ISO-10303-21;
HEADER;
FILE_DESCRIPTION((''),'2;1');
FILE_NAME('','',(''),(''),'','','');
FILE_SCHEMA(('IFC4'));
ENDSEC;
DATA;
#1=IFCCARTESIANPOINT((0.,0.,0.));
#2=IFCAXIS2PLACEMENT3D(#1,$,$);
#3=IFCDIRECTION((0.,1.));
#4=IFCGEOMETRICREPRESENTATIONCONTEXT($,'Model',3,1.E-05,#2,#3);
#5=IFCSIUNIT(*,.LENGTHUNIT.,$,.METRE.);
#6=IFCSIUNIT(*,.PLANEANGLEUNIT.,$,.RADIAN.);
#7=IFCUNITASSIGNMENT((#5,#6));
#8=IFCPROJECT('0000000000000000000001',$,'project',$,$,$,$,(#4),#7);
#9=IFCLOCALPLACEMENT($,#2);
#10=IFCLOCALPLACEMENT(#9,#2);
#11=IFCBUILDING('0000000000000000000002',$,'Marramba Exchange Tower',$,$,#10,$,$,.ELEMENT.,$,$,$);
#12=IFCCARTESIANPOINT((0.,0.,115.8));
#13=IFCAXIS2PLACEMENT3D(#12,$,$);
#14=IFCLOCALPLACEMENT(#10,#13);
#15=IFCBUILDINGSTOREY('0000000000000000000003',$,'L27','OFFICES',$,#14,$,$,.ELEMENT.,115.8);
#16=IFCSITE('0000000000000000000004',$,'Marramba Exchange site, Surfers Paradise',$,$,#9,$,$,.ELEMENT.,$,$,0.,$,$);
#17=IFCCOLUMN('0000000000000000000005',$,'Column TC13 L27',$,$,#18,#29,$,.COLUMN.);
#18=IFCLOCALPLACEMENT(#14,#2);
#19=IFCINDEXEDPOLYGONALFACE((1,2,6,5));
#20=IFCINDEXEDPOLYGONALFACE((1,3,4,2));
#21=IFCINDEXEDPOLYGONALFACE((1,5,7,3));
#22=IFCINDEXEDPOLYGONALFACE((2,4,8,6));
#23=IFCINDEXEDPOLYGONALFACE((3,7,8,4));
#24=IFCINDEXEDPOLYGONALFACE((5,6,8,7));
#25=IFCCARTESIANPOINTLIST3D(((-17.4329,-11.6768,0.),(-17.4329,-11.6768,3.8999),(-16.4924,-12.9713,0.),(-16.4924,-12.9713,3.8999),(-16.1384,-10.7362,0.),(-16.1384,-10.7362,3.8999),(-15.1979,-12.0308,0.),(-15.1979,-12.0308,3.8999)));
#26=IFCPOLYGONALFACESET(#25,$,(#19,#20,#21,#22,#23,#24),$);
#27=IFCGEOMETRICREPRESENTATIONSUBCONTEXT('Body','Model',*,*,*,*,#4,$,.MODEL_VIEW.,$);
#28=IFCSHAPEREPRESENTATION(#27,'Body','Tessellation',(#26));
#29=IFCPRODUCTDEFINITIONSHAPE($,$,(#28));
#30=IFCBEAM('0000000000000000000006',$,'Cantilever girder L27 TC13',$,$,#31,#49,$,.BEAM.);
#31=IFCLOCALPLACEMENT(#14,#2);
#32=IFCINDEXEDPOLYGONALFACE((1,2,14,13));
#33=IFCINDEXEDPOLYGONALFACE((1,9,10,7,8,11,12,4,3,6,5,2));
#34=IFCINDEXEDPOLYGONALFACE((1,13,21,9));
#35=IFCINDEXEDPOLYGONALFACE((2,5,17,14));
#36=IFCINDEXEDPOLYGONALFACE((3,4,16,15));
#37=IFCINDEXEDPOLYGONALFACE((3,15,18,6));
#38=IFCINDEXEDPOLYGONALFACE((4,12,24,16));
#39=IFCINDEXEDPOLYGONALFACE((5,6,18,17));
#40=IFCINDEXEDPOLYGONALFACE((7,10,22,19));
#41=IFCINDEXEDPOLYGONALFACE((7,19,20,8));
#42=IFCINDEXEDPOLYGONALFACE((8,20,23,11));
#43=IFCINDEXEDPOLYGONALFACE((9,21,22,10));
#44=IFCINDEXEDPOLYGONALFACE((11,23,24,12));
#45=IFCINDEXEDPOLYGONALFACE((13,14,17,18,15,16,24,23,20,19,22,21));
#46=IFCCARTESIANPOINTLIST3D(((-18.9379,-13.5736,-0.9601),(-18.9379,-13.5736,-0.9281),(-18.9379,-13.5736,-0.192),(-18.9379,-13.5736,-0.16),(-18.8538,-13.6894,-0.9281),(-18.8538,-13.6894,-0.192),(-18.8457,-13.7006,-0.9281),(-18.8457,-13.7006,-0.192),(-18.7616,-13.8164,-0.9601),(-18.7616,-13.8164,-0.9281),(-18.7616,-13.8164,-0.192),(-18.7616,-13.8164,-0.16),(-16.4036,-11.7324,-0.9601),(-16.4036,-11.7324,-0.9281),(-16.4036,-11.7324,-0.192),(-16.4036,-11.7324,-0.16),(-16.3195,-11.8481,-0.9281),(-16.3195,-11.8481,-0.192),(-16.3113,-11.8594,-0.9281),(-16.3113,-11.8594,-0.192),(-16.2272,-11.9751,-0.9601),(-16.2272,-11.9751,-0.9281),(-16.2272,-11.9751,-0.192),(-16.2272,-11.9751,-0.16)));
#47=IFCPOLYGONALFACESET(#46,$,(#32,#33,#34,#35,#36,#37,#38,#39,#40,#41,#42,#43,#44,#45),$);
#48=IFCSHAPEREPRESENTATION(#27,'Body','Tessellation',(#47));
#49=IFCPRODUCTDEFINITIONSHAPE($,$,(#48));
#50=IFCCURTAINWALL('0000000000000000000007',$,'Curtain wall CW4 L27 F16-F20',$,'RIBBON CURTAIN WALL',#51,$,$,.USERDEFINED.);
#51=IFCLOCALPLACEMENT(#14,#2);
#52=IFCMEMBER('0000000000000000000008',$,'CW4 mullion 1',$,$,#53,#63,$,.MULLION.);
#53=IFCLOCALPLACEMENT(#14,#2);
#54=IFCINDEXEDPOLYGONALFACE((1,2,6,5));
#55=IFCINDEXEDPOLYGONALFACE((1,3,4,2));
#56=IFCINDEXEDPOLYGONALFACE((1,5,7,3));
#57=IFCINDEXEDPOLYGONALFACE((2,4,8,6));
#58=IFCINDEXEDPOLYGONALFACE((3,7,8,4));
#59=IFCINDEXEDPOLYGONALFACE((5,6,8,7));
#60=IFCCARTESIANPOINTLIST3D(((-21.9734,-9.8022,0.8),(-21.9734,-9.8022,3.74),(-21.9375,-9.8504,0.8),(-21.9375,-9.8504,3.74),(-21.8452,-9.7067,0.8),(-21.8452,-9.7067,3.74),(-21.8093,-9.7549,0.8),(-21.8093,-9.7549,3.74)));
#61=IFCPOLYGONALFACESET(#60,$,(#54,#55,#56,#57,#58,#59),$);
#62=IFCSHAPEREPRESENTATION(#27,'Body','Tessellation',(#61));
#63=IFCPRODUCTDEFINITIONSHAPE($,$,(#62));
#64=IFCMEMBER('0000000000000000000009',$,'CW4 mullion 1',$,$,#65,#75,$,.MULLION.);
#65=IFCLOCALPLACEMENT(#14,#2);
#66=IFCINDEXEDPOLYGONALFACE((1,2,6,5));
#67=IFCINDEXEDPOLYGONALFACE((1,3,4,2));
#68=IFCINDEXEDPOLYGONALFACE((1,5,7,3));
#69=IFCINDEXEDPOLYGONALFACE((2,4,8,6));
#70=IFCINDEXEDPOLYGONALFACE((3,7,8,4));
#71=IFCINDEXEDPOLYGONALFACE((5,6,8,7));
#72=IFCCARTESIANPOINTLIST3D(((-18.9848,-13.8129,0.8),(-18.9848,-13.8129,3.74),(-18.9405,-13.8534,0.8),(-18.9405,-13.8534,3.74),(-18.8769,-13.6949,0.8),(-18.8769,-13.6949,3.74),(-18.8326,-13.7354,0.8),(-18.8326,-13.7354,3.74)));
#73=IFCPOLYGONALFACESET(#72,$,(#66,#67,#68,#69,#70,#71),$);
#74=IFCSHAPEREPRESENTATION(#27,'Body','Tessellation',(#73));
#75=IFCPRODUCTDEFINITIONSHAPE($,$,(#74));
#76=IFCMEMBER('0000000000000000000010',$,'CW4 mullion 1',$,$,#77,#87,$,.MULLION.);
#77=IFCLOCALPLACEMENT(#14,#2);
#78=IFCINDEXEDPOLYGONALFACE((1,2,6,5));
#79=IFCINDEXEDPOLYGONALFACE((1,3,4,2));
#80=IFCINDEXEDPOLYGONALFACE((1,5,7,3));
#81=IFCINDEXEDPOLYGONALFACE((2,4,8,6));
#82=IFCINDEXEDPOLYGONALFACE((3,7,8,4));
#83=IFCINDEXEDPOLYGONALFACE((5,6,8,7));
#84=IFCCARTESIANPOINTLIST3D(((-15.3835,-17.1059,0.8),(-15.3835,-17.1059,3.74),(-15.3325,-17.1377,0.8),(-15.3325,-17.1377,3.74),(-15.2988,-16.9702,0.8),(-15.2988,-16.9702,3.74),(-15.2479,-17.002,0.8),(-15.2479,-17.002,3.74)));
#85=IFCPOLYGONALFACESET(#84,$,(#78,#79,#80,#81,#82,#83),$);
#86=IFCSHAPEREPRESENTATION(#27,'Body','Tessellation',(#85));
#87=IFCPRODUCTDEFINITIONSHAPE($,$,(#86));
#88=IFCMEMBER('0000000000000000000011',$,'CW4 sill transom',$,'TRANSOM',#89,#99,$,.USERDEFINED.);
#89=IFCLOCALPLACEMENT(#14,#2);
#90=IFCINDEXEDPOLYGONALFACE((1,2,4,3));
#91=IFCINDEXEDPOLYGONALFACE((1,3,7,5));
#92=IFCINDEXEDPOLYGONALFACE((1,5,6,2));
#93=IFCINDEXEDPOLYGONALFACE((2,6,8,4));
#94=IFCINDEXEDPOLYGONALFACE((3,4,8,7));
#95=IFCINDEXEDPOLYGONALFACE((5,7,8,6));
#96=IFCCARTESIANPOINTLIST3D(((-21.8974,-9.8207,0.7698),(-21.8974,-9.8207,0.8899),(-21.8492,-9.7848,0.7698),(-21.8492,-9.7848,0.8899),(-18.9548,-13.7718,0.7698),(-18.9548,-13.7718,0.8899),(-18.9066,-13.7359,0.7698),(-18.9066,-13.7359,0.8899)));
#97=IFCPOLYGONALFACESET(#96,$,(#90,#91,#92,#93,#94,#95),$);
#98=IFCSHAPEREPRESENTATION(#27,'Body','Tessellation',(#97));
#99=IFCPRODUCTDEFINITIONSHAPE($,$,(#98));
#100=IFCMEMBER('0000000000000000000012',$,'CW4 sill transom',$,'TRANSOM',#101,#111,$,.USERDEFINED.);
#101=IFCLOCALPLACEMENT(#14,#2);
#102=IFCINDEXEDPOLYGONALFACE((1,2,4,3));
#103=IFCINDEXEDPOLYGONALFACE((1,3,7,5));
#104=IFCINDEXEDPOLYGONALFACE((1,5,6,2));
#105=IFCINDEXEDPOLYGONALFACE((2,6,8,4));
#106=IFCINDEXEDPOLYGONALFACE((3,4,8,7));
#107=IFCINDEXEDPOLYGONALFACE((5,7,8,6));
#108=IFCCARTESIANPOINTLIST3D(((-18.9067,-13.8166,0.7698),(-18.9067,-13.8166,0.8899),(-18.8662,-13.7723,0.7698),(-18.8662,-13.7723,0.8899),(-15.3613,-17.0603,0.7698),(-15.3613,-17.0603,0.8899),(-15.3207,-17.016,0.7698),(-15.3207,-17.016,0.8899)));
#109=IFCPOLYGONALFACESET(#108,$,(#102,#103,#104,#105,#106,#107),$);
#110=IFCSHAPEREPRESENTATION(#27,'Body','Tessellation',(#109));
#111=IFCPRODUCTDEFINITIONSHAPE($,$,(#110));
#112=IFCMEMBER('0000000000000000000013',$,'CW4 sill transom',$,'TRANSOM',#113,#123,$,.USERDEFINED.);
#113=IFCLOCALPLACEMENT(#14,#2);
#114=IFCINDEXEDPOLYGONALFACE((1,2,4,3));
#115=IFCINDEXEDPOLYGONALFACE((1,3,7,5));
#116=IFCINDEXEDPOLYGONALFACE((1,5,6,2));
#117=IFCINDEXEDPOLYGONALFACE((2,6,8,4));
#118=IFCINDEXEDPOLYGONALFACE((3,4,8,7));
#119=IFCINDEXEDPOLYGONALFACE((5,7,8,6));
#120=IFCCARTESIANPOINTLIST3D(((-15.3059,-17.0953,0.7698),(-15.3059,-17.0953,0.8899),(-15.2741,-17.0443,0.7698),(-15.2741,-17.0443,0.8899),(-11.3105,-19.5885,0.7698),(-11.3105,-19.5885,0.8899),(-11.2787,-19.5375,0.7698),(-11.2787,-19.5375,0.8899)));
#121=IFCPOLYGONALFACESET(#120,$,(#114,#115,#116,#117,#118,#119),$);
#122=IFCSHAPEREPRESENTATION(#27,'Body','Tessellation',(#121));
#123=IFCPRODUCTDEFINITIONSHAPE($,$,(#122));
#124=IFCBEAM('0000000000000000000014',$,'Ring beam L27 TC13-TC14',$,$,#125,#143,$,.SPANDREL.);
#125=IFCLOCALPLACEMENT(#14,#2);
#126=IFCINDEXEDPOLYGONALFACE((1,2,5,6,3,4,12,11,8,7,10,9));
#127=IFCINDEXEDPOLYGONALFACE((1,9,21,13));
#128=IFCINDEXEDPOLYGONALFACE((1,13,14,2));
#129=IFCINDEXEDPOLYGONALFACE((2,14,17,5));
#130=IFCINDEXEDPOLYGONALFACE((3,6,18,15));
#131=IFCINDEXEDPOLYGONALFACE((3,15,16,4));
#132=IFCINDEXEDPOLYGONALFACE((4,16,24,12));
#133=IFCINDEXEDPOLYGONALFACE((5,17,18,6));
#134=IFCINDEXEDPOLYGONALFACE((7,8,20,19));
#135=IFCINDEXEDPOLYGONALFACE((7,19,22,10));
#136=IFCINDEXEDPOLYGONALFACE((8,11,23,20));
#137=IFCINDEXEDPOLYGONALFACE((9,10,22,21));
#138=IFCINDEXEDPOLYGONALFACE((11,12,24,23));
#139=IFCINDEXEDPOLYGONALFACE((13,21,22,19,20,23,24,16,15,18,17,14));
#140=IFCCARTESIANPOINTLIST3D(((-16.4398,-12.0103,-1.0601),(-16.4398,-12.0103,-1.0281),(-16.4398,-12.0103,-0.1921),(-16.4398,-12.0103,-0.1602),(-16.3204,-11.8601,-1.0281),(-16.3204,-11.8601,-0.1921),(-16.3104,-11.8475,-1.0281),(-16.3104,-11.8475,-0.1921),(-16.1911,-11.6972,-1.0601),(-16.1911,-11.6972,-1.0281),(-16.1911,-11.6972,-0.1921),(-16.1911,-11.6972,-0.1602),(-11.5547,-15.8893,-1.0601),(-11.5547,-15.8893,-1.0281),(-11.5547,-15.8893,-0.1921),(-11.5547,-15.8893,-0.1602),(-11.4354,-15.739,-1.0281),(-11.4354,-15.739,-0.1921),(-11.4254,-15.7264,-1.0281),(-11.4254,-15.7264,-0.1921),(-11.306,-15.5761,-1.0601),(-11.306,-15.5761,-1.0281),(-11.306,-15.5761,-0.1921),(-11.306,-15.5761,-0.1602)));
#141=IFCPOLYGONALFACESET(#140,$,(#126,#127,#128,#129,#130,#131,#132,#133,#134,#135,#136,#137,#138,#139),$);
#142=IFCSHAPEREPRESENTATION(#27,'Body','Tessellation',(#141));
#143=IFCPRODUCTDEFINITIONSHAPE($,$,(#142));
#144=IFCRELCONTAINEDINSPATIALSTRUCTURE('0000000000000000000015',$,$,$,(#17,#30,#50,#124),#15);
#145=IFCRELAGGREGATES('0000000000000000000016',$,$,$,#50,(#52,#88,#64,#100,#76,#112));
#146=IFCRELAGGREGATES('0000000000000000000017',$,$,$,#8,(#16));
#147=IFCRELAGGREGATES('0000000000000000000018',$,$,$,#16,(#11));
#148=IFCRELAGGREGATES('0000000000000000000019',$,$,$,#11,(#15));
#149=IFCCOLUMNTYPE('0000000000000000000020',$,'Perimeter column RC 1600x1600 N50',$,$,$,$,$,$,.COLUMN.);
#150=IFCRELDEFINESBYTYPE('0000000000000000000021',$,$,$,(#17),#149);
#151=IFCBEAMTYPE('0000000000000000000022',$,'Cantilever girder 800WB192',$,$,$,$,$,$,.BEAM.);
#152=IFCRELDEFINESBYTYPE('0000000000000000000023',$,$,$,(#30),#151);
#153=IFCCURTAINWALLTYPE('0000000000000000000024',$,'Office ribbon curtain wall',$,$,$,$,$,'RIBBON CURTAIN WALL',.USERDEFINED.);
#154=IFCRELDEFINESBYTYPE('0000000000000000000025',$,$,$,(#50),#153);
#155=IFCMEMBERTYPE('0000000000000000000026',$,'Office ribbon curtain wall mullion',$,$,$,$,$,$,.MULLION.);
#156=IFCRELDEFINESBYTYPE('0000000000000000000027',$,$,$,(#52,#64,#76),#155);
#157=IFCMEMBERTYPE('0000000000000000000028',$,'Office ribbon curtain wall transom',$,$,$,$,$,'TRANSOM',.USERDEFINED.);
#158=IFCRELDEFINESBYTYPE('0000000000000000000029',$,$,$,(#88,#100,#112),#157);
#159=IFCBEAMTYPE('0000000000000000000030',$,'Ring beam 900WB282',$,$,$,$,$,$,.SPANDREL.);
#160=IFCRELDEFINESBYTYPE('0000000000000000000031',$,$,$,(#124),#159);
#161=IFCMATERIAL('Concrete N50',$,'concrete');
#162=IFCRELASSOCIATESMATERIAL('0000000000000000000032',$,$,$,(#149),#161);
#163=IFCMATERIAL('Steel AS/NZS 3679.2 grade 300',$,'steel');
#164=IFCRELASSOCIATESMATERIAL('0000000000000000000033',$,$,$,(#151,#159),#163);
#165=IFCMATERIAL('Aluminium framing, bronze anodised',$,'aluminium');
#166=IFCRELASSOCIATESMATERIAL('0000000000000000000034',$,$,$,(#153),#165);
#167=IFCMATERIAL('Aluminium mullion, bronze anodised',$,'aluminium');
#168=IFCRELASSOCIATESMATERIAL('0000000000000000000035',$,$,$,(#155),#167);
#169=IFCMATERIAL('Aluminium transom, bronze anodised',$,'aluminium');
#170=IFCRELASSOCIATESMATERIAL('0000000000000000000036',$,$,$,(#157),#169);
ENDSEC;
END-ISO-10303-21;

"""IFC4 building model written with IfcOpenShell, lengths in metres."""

from ifc_helpers import new_model, si_unit, direction, frame, origin, origin_2d, place, context, subcontext, project, spatial, rectangle, i_section, extrude, material, material_profile, profile_set, type_object, element, aggregate, save


model = new_model("IFC4")

# Units and contexts
model_context = context("Model", 3, precision=1e-05, world=origin(), true_north=direction((0.0, 1.0)))
body_context = subcontext(model_context, "Body", "Model", "MODEL_VIEW")
ifc_project = project(units=[si_unit("LENGTHUNIT", "METRE"), si_unit("PLANEANGLEUNIT", "RADIAN")], contexts=[model_context])

# Site, building, storey
site_placement = place(None, origin())
site = spatial("IfcSite", under=ifc_project, at=site_placement, Name="Marramba Exchange site, Surfers Paradise", CompositionType="ELEMENT", RefElevation=0.0)
building_placement = place(site_placement, origin())
building = spatial("IfcBuilding", under=site, at=building_placement, Name="Marramba Exchange Tower", CompositionType="ELEMENT")
storey_placement = place(building_placement, frame((0.0, 0.0, 115.8)))
storey = spatial("IfcBuildingStorey", under=building, at=storey_placement, Name="L27", Description="OFFICES", CompositionType="ELEMENT", Elevation=115.8)

# Column
ifc_material_1 = material(Name="Concrete N50", Category="concrete")
ifc_material_profile_1 = material_profile(ifc_material_1, rectangle(XDim=1.6001, YDim=1.6001, at=origin_2d()), Name="RC 1600x1600")
ifc_profile_set_1 = profile_set([ifc_material_profile_1], Name="Concrete N50")
column_type = type_object("IfcColumnType", Name="Perimeter column RC 1600x1600 N50", PredefinedType="COLUMN", material=ifc_profile_set_1)
column_placement = place(storey_placement, frame((-16.3154, -11.8538, 0.0), z_axis=(0.0, 0.0, 1.0), x_axis=(-0.809017, -0.587785, 0.0)))
element("IfcColumn", 1, at=column_placement, inside=storey, type_object=column_type, Name="Column TC13 L27", PredefinedType="COLUMN", context=body_context, shape_type="SweptSolid", body=[
    extrude(rectangle(XDim=1.6001, YDim=1.6001, at=origin_2d()), origin(), (0.0, 0.0, 1.0), 3.8999),
])

# Beam
ifc_material_2 = material(Name="Steel AS/NZS 3679.2 grade 300", Category="steel")
ifc_material_profile_2 = material_profile(ifc_material_2, i_section(OverallWidth=0.3, OverallDepth=0.8, WebThickness=0.0139, FlangeThickness=0.032, at=origin_2d()), Name="800WB192")
ifc_profile_set_2 = profile_set([ifc_material_profile_2], Name="Steel AS/NZS 3679.2 grade 300")
beam_type_1 = type_object("IfcBeamType", Name="Cantilever girder 800WB192", PredefinedType="BEAM", material=ifc_profile_set_2)
beam_1_placement = place(storey_placement, frame((-16.3154, -11.8538, -0.5601), z_axis=(-0.809026, -0.587773, 0.0), x_axis=(0.587773, -0.809026, 0.0)))
element("IfcBeam", 2, at=beam_1_placement, inside=storey, type_object=beam_type_1, Name="Cantilever girder L27 TC13", PredefinedType="BEAM", context=body_context, shape_type="SweptSolid", body=[
    extrude(i_section(OverallWidth=0.3, OverallDepth=0.8, WebThickness=0.0139, FlangeThickness=0.032, at=origin_2d()), origin(), (0.0, 0.0, 1.0), 3.1326),
])

# Curtain wall, members
ifc_material_3 = material(Name="Aluminium framing, bronze anodised", Category="aluminium")
curtain_wall_type = type_object("IfcCurtainWallType", Name="Office ribbon curtain wall", ElementType="RIBBON CURTAIN WALL", PredefinedType="USERDEFINED", material=ifc_material_3)
curtain_wall_placement = place(storey_placement, origin())
curtain_wall = element("IfcCurtainWall", 3, at=curtain_wall_placement, inside=storey, type_object=curtain_wall_type, Name="Curtain wall CW4 L27 F16-F20", ObjectType="RIBBON CURTAIN WALL", PredefinedType="USERDEFINED")
ifc_material_4 = material(Name="Aluminium mullion, bronze anodised", Category="aluminium")
ifc_material_profile_3 = material_profile(ifc_material_4, rectangle(XDim=0.1599, YDim=0.0601, at=origin_2d()), Name="CW4 mullion 60x160")
ifc_profile_set_3 = profile_set([ifc_material_profile_3], Name="Aluminium mullion, bronze anodised")
member_type_1 = type_object("IfcMemberType", Name="Office ribbon curtain wall mullion", PredefinedType="MULLION", material=ifc_profile_set_3)
member_1_placement = place(storey_placement, frame((-21.8914, -9.7786, 0.8), z_axis=(0.0, 0.0, 1.0), x_axis=(0.802014, 0.597305, 0.0)))
member_1 = element("IfcMember", 4, at=member_1_placement, type_object=member_type_1, Name="CW4 mullion 1", PredefinedType="MULLION", context=body_context, shape_type="SweptSolid", body=[
    extrude(rectangle(XDim=0.1599, YDim=0.0601, at=origin_2d()), origin(), (0.0, 0.0, 1.0), 2.9399),
])
member_2_placement = place(storey_placement, frame((-18.9087, -13.7742, 0.8), z_axis=(0.0, 0.0, 1.0), x_axis=(0.674995, 0.737822, 0.0)))
member_2 = element("IfcMember", 5, at=member_2_placement, type_object=member_type_1, Name="CW4 mullion 1", PredefinedType="MULLION", context=body_context, shape_type="SweptSolid", body=[
    extrude(rectangle(XDim=0.1599, YDim=0.0601, at=origin_2d()), origin(), (0.0, 0.0, 1.0), 2.9399),
])
member_3_placement = place(storey_placement, frame((-15.3157, -17.054, 0.8), z_axis=(0.0, 0.0, 1.0), x_axis=(0.529428, 0.848355, 0.0)))
member_3 = element("IfcMember", 6, at=member_3_placement, type_object=member_type_1, Name="CW4 mullion 1", PredefinedType="MULLION", context=body_context, shape_type="SweptSolid", body=[
    extrude(rectangle(XDim=0.1599, YDim=0.0601, at=origin_2d()), origin(), (0.0, 0.0, 1.0), 2.9399),
])
ifc_material_5 = material(Name="Aluminium transom, bronze anodised", Category="aluminium")
ifc_material_profile_4 = material_profile(ifc_material_5, rectangle(XDim=0.0601, YDim=0.1201, at=origin_2d()), Name="CW4 transom 60x120")
ifc_profile_set_4 = profile_set([ifc_material_profile_4], Name="Aluminium transom, bronze anodised")
member_type_2 = type_object("IfcMemberType", Name="Office ribbon curtain wall transom", ElementType="TRANSOM", PredefinedType="USERDEFINED", material=ifc_profile_set_4)
member_4_placement = place(storey_placement, frame((-21.8733, -9.8027, 0.8298), z_axis=(0.597301, -0.802017, 0.0), x_axis=(0.802017, 0.597301, 0.0)))
member_4 = element("IfcMember", 7, at=member_4_placement, type_object=member_type_2, Name="CW4 sill transom", ObjectType="TRANSOM", PredefinedType="USERDEFINED", context=body_context, shape_type="SweptSolid", body=[
    extrude(rectangle(XDim=0.0601, YDim=0.1201, at=origin_2d()), origin(), (0.0, 0.0, 1.0), 4.9265),
])
member_5_placement = place(storey_placement, frame((-18.8865, -13.7944, 0.8298), z_axis=(0.737808, -0.675011, 0.0), x_axis=(0.675011, 0.737808, 0.0)))
member_5 = element("IfcMember", 8, at=member_5_placement, type_object=member_type_2, Name="CW4 sill transom", ObjectType="TRANSOM", PredefinedType="USERDEFINED", context=body_context, shape_type="SweptSolid", body=[
    extrude(rectangle(XDim=0.0601, YDim=0.1201, at=origin_2d()), origin(), (0.0, 0.0, 1.0), 4.8054),
])
member_6_placement = place(storey_placement, frame((-15.29, -17.0698, 0.8298), z_axis=(0.848374, -0.529398, 0.0), x_axis=(0.529398, 0.848374, 0.0)))
member_6 = element("IfcMember", 9, at=member_6_placement, type_object=member_type_2, Name="CW4 sill transom", ObjectType="TRANSOM", PredefinedType="USERDEFINED", context=body_context, shape_type="SweptSolid", body=[
    extrude(rectangle(XDim=0.0601, YDim=0.1201, at=origin_2d()), origin(), (0.0, 0.0, 1.0), 4.7095),
])

# Beam
ifc_material_profile_5 = material_profile(ifc_material_2, i_section(OverallWidth=0.3999, OverallDepth=0.8999, WebThickness=0.0161, FlangeThickness=0.032, at=origin_2d()), Name="900WB282")
ifc_profile_set_5 = profile_set([ifc_material_profile_5], Name="Steel AS/NZS 3679.2 grade 300")
beam_type_2 = type_object("IfcBeamType", Name="Ring beam 900WB282", PredefinedType="SPANDREL", material=ifc_profile_set_5)
beam_2_placement = place(storey_placement, frame((-16.3154, -11.8538, -0.6101), z_axis=(0.783139, -0.621846, 0.0), x_axis=(0.621846, 0.783139, 0.0)))
element("IfcBeam", 10, at=beam_2_placement, inside=storey, type_object=beam_type_2, Name="Ring beam L27 TC13-TC14", PredefinedType="SPANDREL", context=body_context, shape_type="SweptSolid", body=[
    extrude(i_section(OverallWidth=0.3999, OverallDepth=0.8999, WebThickness=0.0161, FlangeThickness=0.032, at=origin_2d()), origin(), (0.0, 0.0, 1.0), 6.2378),
])

aggregate(curtain_wall, [member_1, member_4, member_2, member_5, member_3, member_6])

save(model, "model.ifc")
